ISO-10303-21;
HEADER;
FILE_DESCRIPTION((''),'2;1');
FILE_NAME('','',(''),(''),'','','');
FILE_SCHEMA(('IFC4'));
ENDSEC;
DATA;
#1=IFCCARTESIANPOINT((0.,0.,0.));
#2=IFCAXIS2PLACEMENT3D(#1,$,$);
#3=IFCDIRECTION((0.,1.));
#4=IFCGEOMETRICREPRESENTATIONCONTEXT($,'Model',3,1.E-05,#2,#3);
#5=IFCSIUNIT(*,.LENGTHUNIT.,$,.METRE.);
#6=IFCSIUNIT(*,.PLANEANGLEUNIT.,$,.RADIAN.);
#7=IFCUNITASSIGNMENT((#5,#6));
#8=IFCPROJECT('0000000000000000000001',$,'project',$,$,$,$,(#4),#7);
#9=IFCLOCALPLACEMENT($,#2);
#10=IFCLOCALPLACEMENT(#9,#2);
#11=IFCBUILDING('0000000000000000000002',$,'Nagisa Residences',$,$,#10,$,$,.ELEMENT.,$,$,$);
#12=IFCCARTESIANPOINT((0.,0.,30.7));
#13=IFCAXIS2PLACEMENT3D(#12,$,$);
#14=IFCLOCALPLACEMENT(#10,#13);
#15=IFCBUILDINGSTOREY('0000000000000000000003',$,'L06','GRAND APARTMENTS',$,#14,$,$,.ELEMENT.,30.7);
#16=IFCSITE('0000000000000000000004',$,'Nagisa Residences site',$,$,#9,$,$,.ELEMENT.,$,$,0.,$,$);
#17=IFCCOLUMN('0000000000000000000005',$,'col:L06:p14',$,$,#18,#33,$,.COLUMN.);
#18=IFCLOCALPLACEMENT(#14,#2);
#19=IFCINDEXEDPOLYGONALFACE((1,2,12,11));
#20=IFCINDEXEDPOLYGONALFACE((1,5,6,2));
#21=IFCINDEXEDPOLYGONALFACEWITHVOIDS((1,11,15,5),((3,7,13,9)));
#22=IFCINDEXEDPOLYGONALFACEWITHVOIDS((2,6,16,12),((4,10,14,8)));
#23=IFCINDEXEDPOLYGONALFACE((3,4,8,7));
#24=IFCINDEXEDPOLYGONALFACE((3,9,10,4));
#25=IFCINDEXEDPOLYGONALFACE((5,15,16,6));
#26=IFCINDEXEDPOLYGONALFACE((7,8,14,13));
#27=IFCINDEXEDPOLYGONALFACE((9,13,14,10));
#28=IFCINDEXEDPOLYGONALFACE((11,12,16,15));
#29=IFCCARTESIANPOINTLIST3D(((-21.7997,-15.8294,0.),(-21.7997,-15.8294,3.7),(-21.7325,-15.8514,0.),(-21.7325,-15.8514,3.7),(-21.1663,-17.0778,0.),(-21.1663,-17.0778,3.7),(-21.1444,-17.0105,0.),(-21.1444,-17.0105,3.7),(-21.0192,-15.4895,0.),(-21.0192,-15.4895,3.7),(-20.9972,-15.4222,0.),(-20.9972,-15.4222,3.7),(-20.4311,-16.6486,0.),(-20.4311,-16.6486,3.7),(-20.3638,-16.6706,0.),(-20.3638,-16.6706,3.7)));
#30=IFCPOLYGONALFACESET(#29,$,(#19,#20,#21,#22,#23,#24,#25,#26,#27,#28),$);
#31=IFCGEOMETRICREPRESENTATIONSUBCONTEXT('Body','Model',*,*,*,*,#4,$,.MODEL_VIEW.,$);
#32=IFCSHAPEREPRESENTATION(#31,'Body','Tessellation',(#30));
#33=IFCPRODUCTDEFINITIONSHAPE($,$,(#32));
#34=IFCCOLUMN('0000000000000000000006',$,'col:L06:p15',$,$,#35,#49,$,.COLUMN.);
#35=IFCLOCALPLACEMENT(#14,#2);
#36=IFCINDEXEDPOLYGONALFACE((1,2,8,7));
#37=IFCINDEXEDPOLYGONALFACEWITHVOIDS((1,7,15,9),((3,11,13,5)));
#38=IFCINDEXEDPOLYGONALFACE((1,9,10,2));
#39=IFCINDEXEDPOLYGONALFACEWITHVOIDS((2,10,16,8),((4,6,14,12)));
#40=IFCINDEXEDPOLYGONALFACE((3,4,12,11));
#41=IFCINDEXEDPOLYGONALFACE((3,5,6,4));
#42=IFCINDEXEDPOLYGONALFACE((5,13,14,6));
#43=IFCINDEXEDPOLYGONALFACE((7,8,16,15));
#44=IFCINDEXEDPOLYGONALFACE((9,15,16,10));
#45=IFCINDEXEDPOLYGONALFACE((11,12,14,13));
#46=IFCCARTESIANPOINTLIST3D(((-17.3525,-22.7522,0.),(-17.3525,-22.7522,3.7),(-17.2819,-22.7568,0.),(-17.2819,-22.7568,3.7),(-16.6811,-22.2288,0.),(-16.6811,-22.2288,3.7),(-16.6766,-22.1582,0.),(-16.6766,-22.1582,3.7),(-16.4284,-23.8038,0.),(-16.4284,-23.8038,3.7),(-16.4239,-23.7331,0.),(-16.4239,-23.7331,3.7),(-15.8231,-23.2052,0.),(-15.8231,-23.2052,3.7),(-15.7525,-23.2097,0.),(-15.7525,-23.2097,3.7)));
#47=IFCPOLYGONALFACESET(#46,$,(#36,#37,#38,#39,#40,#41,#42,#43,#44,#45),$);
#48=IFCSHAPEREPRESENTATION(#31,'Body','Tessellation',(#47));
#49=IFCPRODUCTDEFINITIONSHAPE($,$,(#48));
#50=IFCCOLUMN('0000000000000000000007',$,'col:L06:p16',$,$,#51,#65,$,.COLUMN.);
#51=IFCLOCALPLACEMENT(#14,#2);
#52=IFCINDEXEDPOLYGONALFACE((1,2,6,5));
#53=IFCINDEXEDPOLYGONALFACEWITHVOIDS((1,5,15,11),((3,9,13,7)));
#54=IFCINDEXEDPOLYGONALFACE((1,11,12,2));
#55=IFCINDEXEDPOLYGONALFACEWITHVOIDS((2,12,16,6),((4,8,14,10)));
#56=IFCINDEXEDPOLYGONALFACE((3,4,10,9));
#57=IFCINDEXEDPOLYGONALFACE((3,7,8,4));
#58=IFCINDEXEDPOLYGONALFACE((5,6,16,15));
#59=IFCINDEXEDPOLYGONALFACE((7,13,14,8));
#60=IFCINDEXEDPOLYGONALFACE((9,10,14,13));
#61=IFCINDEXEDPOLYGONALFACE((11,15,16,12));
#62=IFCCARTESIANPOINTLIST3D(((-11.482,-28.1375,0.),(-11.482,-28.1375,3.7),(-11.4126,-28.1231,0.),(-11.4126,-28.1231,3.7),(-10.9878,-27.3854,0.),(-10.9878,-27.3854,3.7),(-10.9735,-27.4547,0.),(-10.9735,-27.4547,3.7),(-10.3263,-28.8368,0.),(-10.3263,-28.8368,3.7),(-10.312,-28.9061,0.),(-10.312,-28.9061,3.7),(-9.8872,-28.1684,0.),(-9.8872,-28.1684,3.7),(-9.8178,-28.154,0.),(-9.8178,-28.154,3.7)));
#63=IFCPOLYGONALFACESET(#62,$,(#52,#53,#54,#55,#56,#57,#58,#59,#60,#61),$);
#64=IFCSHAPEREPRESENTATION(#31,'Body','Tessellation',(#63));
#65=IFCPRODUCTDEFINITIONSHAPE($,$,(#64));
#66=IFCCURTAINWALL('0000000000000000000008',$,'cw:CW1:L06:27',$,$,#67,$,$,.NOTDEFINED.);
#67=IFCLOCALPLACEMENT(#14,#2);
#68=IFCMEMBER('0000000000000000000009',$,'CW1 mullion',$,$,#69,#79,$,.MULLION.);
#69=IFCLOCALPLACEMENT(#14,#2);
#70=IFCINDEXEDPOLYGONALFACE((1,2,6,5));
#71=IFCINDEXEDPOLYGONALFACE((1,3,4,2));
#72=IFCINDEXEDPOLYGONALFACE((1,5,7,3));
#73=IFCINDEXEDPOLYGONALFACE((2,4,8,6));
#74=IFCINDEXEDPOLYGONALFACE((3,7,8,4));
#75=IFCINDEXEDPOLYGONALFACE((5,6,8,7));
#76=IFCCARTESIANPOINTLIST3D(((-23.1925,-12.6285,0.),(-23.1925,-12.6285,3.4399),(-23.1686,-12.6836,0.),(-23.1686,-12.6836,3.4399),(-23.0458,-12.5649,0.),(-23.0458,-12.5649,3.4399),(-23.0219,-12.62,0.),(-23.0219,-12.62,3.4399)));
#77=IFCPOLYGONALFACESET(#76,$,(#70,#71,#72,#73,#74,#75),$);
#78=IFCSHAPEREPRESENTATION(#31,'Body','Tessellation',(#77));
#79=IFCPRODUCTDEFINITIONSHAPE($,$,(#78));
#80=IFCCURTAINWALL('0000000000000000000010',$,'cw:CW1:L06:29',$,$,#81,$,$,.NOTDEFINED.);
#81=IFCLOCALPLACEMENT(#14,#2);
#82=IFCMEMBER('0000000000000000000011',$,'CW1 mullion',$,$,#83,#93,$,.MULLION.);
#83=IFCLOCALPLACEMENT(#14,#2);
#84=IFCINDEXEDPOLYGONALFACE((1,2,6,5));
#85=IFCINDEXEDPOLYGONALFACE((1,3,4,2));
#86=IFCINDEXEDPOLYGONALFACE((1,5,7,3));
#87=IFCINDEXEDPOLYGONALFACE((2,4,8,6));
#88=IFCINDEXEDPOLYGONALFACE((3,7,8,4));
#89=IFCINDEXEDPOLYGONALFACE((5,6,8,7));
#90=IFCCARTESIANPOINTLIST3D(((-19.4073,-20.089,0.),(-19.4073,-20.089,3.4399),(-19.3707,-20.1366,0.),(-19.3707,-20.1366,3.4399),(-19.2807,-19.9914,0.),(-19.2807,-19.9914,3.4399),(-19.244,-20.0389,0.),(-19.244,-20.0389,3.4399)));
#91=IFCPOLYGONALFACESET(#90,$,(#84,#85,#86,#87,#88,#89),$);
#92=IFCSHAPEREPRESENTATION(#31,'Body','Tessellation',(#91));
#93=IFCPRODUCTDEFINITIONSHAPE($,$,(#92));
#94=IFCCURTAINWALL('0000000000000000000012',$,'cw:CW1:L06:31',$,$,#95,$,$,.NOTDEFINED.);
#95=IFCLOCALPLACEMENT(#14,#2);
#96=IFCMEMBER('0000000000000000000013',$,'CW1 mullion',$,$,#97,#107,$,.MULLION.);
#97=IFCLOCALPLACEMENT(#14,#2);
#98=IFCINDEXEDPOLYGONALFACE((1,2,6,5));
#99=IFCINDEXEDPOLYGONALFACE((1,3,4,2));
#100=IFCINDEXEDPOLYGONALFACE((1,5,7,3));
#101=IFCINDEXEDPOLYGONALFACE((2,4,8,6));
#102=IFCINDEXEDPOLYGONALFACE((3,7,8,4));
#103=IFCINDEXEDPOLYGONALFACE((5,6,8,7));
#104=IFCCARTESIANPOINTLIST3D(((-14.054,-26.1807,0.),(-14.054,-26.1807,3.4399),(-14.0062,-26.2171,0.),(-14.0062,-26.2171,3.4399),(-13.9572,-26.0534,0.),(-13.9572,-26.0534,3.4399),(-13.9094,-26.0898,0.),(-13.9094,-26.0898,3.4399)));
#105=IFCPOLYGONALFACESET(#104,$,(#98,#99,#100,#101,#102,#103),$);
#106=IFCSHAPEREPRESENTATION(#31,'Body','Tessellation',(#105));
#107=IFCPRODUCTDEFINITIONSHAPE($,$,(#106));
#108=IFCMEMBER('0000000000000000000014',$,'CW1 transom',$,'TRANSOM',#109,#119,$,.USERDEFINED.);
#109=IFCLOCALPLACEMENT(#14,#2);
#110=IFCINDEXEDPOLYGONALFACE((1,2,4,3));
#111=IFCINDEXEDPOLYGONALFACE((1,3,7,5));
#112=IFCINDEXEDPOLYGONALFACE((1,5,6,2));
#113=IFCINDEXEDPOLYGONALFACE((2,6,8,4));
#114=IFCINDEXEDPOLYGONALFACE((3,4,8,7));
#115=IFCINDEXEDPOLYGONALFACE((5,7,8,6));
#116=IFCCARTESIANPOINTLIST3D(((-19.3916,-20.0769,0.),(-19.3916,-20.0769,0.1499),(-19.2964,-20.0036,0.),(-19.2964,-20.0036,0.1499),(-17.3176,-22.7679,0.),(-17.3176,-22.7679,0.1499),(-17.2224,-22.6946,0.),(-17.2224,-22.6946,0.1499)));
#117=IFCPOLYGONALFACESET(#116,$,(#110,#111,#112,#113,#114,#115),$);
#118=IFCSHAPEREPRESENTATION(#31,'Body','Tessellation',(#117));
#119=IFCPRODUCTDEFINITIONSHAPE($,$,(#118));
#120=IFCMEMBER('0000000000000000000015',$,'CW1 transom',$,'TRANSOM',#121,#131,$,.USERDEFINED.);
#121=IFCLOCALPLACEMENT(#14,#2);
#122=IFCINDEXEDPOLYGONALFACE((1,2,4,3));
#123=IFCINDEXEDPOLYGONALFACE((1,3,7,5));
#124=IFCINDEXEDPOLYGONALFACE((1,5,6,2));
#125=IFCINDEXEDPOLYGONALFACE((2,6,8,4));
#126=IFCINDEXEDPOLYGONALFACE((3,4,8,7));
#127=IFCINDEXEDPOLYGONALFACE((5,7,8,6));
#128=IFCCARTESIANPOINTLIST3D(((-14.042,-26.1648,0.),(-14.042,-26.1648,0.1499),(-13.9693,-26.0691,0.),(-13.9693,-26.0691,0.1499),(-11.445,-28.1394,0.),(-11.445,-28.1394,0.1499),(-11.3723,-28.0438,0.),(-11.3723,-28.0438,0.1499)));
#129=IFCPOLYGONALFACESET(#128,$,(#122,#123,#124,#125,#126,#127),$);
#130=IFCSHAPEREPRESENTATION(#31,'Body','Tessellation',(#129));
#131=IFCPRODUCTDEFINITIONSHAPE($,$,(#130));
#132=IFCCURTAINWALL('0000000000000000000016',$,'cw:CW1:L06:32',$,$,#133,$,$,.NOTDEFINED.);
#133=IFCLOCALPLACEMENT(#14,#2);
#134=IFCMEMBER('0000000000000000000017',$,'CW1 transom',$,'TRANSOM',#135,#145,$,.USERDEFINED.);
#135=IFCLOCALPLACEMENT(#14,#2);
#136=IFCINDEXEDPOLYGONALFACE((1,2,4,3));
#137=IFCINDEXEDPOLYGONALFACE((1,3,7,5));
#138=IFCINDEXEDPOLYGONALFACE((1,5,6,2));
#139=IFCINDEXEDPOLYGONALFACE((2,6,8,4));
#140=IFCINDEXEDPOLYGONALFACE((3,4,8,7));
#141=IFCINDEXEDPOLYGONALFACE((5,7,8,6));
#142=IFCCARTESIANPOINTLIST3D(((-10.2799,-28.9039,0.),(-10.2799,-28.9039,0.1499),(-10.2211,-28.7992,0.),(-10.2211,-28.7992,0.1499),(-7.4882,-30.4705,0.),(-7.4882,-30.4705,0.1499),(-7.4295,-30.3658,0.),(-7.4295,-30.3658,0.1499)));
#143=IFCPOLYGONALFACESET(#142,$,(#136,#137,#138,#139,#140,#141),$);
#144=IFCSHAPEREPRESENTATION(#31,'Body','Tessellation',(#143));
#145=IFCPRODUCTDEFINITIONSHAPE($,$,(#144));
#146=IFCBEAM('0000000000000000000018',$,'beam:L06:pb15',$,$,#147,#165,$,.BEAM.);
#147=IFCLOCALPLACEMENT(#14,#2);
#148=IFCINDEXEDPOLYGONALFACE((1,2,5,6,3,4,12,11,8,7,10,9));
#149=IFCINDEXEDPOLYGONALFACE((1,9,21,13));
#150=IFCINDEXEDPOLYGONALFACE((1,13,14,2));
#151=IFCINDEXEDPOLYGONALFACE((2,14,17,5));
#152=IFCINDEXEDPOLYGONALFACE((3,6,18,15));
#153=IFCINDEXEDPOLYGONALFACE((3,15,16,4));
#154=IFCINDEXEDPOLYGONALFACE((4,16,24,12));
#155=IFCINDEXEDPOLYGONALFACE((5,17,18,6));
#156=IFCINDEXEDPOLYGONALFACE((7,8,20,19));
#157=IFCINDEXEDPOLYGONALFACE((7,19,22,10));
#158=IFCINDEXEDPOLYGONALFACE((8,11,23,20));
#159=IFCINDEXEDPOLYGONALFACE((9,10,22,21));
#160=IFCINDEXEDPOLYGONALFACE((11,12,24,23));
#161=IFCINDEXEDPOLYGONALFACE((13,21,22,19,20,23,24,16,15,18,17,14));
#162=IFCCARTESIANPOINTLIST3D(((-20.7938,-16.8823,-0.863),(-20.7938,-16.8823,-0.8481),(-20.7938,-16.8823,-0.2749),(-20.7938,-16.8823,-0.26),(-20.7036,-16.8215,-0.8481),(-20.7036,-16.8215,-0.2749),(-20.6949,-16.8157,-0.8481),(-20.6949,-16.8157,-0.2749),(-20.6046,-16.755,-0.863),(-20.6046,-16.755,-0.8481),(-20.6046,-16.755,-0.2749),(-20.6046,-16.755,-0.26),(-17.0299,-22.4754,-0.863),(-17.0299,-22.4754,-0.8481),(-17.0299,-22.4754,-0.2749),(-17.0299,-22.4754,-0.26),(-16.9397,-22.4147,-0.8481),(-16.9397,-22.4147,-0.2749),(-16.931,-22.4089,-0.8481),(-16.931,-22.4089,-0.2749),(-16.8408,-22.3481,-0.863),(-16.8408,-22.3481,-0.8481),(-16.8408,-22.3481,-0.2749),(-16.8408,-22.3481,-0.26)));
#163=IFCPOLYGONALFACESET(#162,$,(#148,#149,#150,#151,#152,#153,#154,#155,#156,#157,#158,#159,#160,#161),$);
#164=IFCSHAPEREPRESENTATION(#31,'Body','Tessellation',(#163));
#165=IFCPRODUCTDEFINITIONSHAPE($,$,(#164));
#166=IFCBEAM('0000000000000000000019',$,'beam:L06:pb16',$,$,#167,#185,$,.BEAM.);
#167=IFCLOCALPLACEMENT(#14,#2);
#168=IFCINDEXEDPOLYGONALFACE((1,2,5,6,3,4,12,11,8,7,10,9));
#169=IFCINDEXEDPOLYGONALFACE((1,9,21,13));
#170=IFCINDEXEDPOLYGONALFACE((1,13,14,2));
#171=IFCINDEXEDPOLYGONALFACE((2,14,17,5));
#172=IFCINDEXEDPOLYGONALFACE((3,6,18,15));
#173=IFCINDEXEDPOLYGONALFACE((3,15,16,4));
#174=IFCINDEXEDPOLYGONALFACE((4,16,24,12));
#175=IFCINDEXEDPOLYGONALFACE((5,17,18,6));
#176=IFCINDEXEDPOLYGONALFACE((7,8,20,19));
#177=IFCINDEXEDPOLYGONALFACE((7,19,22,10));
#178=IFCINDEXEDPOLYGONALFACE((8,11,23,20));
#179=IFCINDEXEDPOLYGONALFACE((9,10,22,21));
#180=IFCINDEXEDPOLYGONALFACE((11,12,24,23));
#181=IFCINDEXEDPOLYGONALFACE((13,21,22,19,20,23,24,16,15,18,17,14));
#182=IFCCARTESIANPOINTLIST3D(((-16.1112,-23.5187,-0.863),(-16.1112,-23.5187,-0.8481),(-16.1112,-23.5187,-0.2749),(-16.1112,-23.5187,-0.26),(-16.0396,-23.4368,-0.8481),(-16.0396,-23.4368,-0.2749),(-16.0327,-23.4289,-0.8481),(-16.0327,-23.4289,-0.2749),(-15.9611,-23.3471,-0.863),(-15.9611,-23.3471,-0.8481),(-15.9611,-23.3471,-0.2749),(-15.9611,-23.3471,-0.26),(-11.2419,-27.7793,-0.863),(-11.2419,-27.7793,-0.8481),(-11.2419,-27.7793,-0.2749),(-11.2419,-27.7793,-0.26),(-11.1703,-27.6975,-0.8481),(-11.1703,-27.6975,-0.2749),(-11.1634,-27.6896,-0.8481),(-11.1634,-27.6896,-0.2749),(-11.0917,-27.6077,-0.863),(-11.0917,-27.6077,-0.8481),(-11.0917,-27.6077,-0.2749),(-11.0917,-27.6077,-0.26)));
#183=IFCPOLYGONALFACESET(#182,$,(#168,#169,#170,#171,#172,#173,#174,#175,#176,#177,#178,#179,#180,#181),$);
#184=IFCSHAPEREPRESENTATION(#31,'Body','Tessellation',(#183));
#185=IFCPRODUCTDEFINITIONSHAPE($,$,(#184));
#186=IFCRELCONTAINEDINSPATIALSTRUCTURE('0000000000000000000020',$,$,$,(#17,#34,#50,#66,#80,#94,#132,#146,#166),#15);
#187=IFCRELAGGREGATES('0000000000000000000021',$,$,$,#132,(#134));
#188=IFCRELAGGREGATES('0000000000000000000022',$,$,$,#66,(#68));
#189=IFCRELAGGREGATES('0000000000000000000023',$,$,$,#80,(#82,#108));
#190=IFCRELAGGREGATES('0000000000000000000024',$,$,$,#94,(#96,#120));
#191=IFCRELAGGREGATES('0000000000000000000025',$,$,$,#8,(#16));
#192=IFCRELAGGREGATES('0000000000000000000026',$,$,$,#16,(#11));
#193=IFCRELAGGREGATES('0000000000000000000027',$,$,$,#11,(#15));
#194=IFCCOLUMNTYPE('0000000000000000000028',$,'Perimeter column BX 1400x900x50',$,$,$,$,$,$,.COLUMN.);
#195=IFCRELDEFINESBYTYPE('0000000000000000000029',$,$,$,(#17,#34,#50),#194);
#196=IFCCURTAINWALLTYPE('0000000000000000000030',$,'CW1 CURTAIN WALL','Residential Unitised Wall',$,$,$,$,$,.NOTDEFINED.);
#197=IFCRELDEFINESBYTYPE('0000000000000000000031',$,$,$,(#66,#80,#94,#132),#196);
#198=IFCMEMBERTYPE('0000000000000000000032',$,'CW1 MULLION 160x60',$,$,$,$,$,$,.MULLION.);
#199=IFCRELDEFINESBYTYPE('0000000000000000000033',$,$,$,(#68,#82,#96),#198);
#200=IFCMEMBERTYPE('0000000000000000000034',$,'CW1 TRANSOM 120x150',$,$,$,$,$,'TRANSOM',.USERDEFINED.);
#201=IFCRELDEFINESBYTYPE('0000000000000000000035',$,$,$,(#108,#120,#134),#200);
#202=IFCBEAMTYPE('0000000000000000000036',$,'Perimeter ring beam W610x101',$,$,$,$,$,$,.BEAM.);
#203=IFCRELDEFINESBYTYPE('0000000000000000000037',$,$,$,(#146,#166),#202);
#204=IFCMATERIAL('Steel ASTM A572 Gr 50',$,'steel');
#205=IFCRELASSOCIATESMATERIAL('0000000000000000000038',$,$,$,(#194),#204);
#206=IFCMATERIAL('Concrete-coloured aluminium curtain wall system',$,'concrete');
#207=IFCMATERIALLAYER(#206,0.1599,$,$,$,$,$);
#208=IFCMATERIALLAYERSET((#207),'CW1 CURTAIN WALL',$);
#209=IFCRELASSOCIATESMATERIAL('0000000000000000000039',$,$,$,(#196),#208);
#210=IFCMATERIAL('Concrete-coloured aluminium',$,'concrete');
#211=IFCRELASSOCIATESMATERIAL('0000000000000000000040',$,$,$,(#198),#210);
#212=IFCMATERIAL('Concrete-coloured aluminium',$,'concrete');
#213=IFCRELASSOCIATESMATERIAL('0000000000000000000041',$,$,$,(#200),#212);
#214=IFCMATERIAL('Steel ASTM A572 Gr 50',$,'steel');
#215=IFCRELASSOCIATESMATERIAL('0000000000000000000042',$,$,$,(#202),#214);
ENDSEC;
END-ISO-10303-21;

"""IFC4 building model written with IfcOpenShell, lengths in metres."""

from ifc_helpers import new_model, si_unit, direction, frame, origin, origin_2d, place, context, subcontext, project, spatial, rectangle, hollow_rectangle, i_section, extrude, material, layer, layer_set, material_profile, profile_set, type_object, element, aggregate, save


model = new_model("IFC4")

# Units and contexts
model_context = context("Model", 3, precision=1e-05, world=origin(), true_north=direction((0.0, 1.0)))
body_context = subcontext(model_context, "Body", "Model", "MODEL_VIEW")
ifc_project = project(units=[si_unit("LENGTHUNIT", "METRE"), si_unit("PLANEANGLEUNIT", "RADIAN")], contexts=[model_context])

# Site, building, storey
site_placement = place(None, origin())
site = spatial("IfcSite", under=ifc_project, at=site_placement, Name="Nagisa Residences site", CompositionType="ELEMENT", RefElevation=0.0)
building_placement = place(site_placement, origin())
building = spatial("IfcBuilding", under=site, at=building_placement, Name="Nagisa Residences", CompositionType="ELEMENT")
storey_placement = place(building_placement, frame((0.0, 0.0, 30.7)))
storey = spatial("IfcBuildingStorey", under=building, at=storey_placement, Name="L06", Description="GRAND APARTMENTS", CompositionType="ELEMENT", Elevation=30.7)

# Columns
ifc_material_1 = material(Name="Steel ASTM A572 Gr 50", Category="steel")
ifc_material_profile_1 = material_profile(ifc_material_1, hollow_rectangle(XDim=1.3999, YDim=0.8999, WallThickness=0.05, at=origin_2d()), Name="BX 1400x900x50")
ifc_profile_set_1 = profile_set([ifc_material_profile_1], Name="Steel ASTM A572 Gr 50")
column_type = type_object("IfcColumnType", Name="Perimeter column BX 1400x900x50", PredefinedType="COLUMN", material=ifc_profile_set_1)
for number, where, z_axis, x_axis, name in (
    (1, (-21.0818, -16.25, 0.0), (0.0, 0.0, 1.0), (0.452463, -0.891783, 0.0), "col:L06:p14"),
    (2, (-16.5525, -22.981, 0.0), (0.0, 0.0, 1.0), (0.660115, -0.751165, 0.0), "col:L06:p15"),
    (3, (-10.6499, -28.1458, 0.0), (0.0, 0.0, 1.0), (0.835766, -0.549086, 0.0), "col:L06:p16"),
):
    element("IfcColumn", number, at=place(storey_placement, frame(where, z_axis=z_axis, x_axis=x_axis)), inside=storey, type_object=column_type, Name=name, PredefinedType="COLUMN", context=body_context, shape_type="SweptSolid", body=[
        extrude(hollow_rectangle(XDim=1.3999, YDim=0.8999, WallThickness=0.05, at=origin_2d()), origin(), (0.0, 0.0, 1.0), 3.7),
    ])

# Curtain walls, members
ifc_material_2 = material(Name="Concrete-coloured aluminium curtain wall system", Category="concrete")
ifc_layer_1 = layer(ifc_material_2, 0.1599)
ifc_layer_set_1 = layer_set([ifc_layer_1], Name="CW1 CURTAIN WALL")
curtain_wall_type = type_object("IfcCurtainWallType", Name="CW1 CURTAIN WALL", Description="Residential Unitised Wall", PredefinedType="NOTDEFINED", material=ifc_layer_set_1)
curtain_wall_1_placement = place(storey_placement, origin())
curtain_wall_1 = element("IfcCurtainWall", 4, at=curtain_wall_1_placement, inside=storey, type_object=curtain_wall_type, Name="cw:CW1:L06:27", PredefinedType="NOTDEFINED")
ifc_material_3 = material(Name="Concrete-coloured aluminium", Category="concrete")
ifc_material_profile_2 = material_profile(ifc_material_3, rectangle(XDim=0.1599, YDim=0.0601, at=origin_2d()), Name="CW1 MULLION 160x60")
ifc_profile_set_2 = profile_set([ifc_material_profile_2], Name="Concrete-coloured aluminium")
member_type_1 = type_object("IfcMemberType", Name="CW1 MULLION 160x60", PredefinedType="MULLION", material=ifc_profile_set_2)
member_1_placement = place(storey_placement, frame((-23.1072, -12.6243, 0.0), z_axis=(0.0, 0.0, 1.0), x_axis=(0.917543, 0.397636, 0.0)))
member_1 = element("IfcMember", 5, at=member_1_placement, type_object=member_type_1, Name="CW1 mullion", PredefinedType="MULLION", context=body_context, shape_type="SweptSolid", body=[
    extrude(rectangle(XDim=0.1599, YDim=0.0601, at=origin_2d()), origin(), (0.0, 0.0, 1.0), 3.4399),
])
curtain_wall_2_placement = place(storey_placement, origin())
curtain_wall_2 = element("IfcCurtainWall", 6, at=curtain_wall_2_placement, inside=storey, type_object=curtain_wall_type, Name="cw:CW1:L06:29", PredefinedType="NOTDEFINED")
member_2_placement = place(storey_placement, frame((-19.3257, -20.064, 0.0), z_axis=(0.0, 0.0, 1.0), x_axis=(0.79207, 0.61043, 0.0)))
member_2 = element("IfcMember", 7, at=member_2_placement, type_object=member_type_1, Name="CW1 mullion", PredefinedType="MULLION", context=body_context, shape_type="SweptSolid", body=[
    extrude(rectangle(XDim=0.1599, YDim=0.0601, at=origin_2d()), origin(), (0.0, 0.0, 1.0), 3.4399),
])
curtain_wall_3_placement = place(storey_placement, origin())
curtain_wall_3 = element("IfcCurtainWall", 8, at=curtain_wall_3_placement, inside=storey, type_object=curtain_wall_type, Name="cw:CW1:L06:31", PredefinedType="NOTDEFINED")
member_3_placement = place(storey_placement, frame((-13.9817, -26.1353, 0.0), z_axis=(0.0, 0.0, 1.0), x_axis=(0.605255, 0.796031, 0.0)))
member_3 = element("IfcMember", 9, at=member_3_placement, type_object=member_type_1, Name="CW1 mullion", PredefinedType="MULLION", context=body_context, shape_type="SweptSolid", body=[
    extrude(rectangle(XDim=0.1599, YDim=0.0601, at=origin_2d()), origin(), (0.0, 0.0, 1.0), 3.4399),
])

# Members
ifc_material_4 = material(Name="Concrete-coloured aluminium", Category="concrete")
ifc_material_profile_3 = material_profile(ifc_material_4, rectangle(XDim=0.1201, YDim=0.1499, at=origin_2d()), Name="CW1 TRANSOM 120x150")
ifc_profile_set_3 = profile_set([ifc_material_profile_3], Name="Concrete-coloured aluminium")
member_type_2 = type_object("IfcMemberType", Name="CW1 TRANSOM 120x150", ElementType="TRANSOM", PredefinedType="USERDEFINED", material=ifc_profile_set_3)
member_4_placement = place(storey_placement, frame((-19.344, -20.0403, 0.075), z_axis=(0.610457, -0.792049, 0.0), x_axis=(0.792049, 0.610457, 0.0)))
member_4 = element("IfcMember", 10, at=member_4_placement, type_object=member_type_2, Name="CW1 transom", ObjectType="TRANSOM", PredefinedType="USERDEFINED", context=body_context, shape_type="SweptSolid", body=[
    extrude(rectangle(XDim=0.1201, YDim=0.1499, at=origin_2d()), origin(), (0.0, 0.0, 1.0), 3.3975),
])
member_5_placement = place(storey_placement, frame((-14.0056, -26.1169, 0.075), z_axis=(0.796022, -0.605267, 0.0), x_axis=(0.605267, 0.796022, 0.0)))
member_5 = element("IfcMember", 11, at=member_5_placement, type_object=member_type_2, Name="CW1 transom", ObjectType="TRANSOM", PredefinedType="USERDEFINED", context=body_context, shape_type="SweptSolid", body=[
    extrude(rectangle(XDim=0.1201, YDim=0.1499, at=origin_2d()), origin(), (0.0, 0.0, 1.0), 3.2625),
])

# Curtain wall, member
curtain_wall_4_placement = place(storey_placement, origin())
curtain_wall_4 = element("IfcCurtainWall", 12, at=curtain_wall_4_placement, inside=storey, type_object=curtain_wall_type, Name="cw:CW1:L06:32", PredefinedType="NOTDEFINED")
member_6_placement = place(storey_placement, frame((-10.2505, -28.8516, 0.075), z_axis=(0.87207, -0.489381, 0.0), x_axis=(0.489381, 0.87207, 0.0)))
member_6 = element("IfcMember", 13, at=member_6_placement, type_object=member_type_2, Name="CW1 transom", ObjectType="TRANSOM", PredefinedType="USERDEFINED", context=body_context, shape_type="SweptSolid", body=[
    extrude(rectangle(XDim=0.1201, YDim=0.1499, at=origin_2d()), origin(), (0.0, 0.0, 1.0), 3.2012),
])
aggregate(curtain_wall_4, [member_6])

# Beams
ifc_material_5 = material(Name="Steel ASTM A572 Gr 50", Category="steel")
ifc_material_profile_4 = material_profile(ifc_material_5, i_section(OverallWidth=0.228, OverallDepth=0.603, WebThickness=0.0105, FlangeThickness=0.0149, at=origin_2d()), Name="W610x101")
ifc_profile_set_4 = profile_set([ifc_material_profile_4], Name="Steel ASTM A572 Gr 50")
beam_type_1 = type_object("IfcBeamType", Name="Perimeter ring beam W610x101", PredefinedType="BEAM", material=ifc_profile_set_4)
beam_1_placement = place(storey_placement, frame((-20.6992, -16.8186, -0.5615), z_axis=(0.558297, -0.829641, 0.0), x_axis=(0.829641, 0.558297, 0.0)))
element("IfcBeam", 14, at=beam_1_placement, inside=storey, type_object=beam_type_1, Name="beam:L06:pb15", PredefinedType="BEAM", context=body_context, shape_type="SweptSolid", body=[
    extrude(i_section(OverallWidth=0.228, OverallDepth=0.603, WebThickness=0.0105, FlangeThickness=0.0149, at=origin_2d()), origin(), (0.0, 0.0, 1.0), 6.7417),
])
beam_2_placement = place(storey_placement, frame((-16.0361, -23.4329, -0.5615), z_axis=(0.752574, -0.658507, 0.0), x_axis=(0.658507, 0.752574, 0.0)))
element("IfcBeam", 15, at=beam_2_placement, inside=storey, type_object=beam_type_1, Name="beam:L06:pb16", PredefinedType="BEAM", context=body_context, shape_type="SweptSolid", body=[
    extrude(i_section(OverallWidth=0.228, OverallDepth=0.603, WebThickness=0.0105, FlangeThickness=0.0149, at=origin_2d()), origin(), (0.0, 0.0, 1.0), 6.4702),
])

aggregate(curtain_wall_1, [member_1])
aggregate(curtain_wall_2, [member_2, member_4])
aggregate(curtain_wall_3, [member_3, member_5])

save(model, "model.ifc")
